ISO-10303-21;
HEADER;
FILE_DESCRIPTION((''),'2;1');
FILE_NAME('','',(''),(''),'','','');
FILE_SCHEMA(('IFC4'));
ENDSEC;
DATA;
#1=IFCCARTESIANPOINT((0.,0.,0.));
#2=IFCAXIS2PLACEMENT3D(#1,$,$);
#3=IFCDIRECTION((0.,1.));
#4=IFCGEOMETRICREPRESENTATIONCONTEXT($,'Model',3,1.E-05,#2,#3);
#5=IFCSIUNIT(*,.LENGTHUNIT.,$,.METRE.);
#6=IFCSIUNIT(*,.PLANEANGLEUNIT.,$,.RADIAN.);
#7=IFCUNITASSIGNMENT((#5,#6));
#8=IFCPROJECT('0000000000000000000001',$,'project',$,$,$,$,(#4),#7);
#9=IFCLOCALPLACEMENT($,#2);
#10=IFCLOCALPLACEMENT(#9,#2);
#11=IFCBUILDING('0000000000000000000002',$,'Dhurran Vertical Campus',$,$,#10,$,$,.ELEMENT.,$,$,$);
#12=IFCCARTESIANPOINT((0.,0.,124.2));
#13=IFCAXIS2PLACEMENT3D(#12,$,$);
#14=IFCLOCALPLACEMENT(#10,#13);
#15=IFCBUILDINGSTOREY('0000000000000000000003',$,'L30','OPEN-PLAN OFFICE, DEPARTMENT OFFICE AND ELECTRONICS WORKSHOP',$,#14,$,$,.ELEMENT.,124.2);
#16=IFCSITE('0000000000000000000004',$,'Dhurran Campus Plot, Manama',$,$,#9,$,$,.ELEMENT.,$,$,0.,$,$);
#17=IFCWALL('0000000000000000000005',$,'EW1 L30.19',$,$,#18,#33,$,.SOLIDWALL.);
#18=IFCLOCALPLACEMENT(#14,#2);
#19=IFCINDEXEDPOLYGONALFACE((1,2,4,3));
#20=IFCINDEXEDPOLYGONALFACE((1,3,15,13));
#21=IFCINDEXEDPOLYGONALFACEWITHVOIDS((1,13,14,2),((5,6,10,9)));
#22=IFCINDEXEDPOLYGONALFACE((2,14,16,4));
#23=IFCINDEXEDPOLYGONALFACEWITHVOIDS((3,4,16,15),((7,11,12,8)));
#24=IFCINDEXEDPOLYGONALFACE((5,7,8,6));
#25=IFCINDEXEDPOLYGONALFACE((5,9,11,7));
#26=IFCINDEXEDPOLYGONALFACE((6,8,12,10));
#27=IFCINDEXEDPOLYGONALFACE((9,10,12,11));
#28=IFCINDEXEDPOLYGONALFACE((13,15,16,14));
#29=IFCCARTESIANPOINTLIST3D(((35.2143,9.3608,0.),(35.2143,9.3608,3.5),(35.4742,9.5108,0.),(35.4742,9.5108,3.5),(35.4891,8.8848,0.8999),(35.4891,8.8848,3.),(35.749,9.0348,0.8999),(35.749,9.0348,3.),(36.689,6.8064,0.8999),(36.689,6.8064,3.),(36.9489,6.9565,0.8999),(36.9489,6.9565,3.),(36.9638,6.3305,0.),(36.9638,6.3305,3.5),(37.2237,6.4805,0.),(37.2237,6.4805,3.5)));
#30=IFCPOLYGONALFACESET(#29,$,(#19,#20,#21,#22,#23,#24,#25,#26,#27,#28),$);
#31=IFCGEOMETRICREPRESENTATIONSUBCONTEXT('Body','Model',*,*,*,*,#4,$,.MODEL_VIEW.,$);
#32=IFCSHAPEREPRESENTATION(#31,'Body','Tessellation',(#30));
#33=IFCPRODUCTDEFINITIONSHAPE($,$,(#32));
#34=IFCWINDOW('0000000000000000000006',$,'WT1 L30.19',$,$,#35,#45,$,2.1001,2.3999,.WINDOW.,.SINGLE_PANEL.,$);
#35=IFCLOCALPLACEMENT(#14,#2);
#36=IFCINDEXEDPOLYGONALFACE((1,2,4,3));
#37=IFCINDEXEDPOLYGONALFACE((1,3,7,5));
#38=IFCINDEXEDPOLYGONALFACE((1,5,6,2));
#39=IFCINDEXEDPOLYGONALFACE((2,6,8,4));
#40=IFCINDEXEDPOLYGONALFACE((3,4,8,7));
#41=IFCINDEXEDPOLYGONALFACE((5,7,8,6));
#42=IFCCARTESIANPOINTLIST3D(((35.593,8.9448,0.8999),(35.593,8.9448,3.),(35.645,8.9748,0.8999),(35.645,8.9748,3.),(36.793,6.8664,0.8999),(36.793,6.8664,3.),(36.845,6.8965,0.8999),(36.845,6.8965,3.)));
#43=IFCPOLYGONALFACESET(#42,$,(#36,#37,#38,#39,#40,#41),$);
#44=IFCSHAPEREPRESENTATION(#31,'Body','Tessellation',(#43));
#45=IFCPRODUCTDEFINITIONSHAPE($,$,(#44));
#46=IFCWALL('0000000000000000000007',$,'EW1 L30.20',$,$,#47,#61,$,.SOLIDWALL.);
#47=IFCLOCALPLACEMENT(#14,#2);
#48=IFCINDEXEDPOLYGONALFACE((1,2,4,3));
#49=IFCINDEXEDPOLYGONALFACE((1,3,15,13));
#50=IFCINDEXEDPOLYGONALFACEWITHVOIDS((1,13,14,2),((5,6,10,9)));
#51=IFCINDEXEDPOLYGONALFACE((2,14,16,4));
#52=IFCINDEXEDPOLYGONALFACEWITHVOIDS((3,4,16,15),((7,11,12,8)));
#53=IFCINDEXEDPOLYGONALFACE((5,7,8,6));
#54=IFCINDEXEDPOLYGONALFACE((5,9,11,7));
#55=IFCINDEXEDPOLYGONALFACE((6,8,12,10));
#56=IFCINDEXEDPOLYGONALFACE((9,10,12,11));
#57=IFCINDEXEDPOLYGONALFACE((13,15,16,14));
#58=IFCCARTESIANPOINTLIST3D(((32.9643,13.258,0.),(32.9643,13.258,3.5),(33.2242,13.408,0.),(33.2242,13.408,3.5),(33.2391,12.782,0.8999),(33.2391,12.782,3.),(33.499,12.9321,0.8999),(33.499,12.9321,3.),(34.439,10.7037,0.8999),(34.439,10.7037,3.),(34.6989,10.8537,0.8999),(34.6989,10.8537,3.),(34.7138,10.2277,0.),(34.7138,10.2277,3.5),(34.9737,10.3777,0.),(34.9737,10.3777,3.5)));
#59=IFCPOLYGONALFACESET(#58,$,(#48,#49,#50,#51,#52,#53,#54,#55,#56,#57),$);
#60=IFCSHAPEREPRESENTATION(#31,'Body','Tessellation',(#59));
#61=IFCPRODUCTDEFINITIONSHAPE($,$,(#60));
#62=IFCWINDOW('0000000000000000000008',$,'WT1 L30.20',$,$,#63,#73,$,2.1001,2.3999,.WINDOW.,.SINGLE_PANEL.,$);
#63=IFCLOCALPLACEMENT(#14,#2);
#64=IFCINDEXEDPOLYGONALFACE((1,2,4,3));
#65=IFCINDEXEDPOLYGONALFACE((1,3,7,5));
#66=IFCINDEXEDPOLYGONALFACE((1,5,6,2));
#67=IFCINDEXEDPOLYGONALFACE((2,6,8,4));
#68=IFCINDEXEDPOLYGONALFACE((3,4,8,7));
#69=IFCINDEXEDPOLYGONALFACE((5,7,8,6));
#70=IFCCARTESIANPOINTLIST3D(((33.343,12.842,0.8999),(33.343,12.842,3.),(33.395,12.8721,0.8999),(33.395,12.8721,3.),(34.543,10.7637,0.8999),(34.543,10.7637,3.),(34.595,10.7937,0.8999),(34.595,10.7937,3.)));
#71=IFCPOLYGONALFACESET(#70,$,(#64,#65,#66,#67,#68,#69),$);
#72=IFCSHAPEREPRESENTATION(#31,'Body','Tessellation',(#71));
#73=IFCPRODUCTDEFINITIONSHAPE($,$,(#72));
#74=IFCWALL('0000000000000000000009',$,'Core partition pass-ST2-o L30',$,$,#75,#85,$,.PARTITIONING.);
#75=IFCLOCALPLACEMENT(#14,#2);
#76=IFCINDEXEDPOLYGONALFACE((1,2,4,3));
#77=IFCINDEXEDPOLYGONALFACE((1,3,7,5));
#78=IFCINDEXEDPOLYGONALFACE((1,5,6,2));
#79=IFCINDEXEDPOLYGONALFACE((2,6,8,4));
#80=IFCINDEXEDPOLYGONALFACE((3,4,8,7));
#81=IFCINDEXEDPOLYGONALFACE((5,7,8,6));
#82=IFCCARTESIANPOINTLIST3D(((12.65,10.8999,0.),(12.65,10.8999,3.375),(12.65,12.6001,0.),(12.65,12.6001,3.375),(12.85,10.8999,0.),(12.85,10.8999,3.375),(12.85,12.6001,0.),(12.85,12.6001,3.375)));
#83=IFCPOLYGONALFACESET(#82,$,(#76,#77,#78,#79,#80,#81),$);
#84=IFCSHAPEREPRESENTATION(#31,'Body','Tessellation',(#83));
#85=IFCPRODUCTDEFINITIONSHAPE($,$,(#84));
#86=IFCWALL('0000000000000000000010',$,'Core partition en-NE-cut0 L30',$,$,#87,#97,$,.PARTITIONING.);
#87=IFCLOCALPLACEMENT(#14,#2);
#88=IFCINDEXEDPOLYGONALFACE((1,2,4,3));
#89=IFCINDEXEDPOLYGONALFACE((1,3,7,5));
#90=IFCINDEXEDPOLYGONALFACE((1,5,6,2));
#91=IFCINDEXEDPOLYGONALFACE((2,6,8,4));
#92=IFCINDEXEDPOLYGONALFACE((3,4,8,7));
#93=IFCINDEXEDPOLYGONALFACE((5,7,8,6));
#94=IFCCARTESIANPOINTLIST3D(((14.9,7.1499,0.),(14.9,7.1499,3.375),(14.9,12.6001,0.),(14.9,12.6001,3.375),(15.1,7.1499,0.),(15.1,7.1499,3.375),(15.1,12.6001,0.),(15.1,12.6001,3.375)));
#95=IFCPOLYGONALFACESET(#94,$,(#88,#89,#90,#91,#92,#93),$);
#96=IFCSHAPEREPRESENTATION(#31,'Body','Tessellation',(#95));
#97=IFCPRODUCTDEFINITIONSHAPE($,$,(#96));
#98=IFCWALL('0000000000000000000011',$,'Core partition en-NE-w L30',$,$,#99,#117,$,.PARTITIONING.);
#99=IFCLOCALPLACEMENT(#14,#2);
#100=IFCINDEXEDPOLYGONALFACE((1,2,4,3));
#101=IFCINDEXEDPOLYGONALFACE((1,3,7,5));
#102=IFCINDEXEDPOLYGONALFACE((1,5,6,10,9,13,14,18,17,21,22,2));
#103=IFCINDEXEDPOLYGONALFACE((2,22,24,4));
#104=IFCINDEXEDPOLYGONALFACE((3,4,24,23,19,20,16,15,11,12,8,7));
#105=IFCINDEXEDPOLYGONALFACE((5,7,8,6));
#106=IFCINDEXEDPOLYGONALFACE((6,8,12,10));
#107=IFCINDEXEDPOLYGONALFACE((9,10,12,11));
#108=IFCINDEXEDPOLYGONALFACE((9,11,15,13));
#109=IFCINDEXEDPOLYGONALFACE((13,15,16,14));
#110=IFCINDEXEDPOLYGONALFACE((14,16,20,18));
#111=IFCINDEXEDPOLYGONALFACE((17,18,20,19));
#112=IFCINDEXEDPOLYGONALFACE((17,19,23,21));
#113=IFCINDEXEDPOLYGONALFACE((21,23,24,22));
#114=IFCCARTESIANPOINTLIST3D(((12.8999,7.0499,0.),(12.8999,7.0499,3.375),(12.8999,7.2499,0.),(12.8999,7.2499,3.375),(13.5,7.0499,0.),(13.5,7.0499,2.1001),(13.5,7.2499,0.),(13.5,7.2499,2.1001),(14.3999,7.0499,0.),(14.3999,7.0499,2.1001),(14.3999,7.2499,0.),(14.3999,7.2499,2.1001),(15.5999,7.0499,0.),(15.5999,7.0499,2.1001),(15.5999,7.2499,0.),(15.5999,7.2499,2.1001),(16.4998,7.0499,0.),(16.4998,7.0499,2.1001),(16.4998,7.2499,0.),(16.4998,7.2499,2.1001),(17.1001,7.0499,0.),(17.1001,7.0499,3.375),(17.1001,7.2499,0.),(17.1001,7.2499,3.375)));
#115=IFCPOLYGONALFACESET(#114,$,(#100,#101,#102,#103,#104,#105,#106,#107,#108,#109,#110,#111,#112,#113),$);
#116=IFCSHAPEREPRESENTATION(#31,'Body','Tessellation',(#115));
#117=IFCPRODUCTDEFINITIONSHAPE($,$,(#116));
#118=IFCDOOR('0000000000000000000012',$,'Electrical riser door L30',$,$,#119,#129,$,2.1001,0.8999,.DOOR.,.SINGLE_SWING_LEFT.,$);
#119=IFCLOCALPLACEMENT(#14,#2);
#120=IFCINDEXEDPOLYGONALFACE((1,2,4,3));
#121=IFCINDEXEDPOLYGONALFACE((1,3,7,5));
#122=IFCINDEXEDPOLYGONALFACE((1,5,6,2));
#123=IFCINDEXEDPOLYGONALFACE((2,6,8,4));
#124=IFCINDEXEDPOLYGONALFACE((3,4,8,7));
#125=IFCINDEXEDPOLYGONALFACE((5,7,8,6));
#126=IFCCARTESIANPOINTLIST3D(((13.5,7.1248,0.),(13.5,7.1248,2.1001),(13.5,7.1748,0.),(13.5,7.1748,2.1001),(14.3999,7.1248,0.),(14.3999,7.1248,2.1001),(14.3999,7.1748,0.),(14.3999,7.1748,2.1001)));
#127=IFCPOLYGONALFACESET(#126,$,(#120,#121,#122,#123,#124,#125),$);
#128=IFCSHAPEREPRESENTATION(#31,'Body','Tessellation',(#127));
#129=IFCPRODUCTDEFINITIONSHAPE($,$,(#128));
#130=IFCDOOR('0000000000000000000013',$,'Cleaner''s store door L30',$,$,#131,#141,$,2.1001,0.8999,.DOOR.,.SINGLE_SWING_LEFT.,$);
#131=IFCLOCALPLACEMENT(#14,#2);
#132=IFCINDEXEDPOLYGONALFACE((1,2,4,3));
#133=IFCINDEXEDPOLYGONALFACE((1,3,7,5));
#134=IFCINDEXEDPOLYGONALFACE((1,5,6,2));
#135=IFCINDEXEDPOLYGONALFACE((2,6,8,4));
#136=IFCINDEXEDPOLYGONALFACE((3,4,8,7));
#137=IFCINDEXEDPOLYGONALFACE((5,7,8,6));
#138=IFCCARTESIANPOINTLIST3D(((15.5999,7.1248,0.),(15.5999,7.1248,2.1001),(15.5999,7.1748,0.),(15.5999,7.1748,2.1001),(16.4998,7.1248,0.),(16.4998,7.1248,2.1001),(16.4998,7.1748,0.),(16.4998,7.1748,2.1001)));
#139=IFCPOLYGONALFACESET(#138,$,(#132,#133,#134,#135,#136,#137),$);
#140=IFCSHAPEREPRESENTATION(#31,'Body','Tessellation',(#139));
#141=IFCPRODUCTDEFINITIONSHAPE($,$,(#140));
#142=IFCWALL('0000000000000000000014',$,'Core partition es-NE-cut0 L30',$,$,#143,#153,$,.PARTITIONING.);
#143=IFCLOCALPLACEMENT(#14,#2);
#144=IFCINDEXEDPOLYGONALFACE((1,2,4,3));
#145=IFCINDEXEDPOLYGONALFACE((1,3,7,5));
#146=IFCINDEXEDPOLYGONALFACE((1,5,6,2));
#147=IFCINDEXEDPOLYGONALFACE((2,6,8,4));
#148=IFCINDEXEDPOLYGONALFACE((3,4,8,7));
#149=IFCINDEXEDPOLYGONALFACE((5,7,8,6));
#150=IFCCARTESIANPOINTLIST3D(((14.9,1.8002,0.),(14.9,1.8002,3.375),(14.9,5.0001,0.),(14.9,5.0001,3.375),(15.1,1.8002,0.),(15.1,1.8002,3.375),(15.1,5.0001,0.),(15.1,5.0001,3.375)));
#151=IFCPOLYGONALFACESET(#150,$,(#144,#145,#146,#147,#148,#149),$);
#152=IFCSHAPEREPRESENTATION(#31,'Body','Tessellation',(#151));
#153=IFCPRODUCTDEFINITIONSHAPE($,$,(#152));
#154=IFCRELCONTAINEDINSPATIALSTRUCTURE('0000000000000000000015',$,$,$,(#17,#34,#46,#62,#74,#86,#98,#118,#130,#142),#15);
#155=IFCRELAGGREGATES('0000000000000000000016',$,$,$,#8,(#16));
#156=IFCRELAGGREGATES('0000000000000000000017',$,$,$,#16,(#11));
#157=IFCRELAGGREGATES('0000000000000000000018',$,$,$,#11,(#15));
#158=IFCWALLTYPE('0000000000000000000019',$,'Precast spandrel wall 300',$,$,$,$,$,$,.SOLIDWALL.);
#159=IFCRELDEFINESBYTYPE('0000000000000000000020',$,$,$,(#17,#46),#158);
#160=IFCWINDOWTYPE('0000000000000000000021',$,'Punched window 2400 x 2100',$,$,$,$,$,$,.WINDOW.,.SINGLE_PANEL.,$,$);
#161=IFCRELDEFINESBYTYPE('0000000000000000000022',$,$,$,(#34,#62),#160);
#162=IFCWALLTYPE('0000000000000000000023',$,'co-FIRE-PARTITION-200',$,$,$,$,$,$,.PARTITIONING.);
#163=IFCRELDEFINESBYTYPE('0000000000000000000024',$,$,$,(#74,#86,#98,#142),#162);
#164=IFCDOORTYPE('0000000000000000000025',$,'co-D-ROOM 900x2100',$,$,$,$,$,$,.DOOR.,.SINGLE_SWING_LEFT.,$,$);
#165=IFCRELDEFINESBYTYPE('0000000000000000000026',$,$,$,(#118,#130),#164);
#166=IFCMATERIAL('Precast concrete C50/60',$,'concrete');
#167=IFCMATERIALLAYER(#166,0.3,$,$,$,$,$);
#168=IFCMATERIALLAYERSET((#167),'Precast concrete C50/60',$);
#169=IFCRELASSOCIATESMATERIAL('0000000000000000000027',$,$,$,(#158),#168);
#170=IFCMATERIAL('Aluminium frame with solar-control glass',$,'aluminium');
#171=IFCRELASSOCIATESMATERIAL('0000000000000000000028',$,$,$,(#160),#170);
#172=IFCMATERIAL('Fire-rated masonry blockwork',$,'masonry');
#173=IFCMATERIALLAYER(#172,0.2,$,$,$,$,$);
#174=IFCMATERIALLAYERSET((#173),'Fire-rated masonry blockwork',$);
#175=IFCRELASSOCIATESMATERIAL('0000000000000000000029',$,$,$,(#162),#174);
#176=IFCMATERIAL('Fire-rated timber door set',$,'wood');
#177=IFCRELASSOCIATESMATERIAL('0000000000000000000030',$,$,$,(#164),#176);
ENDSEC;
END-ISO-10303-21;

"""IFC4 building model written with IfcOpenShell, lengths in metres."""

from ifc_helpers import new_model, si_unit, direction, frame, frame_2d, origin, place, context, subcontext, project, spatial, rectangle, extrude, material, layer, layer_set, type_object, element, fill, save


model = new_model("IFC4")

# Units and contexts
model_context = context("Model", 3, precision=1e-05, world=origin(), true_north=direction((0.0, 1.0)))
body_context = subcontext(model_context, "Body", "Model", "MODEL_VIEW")
ifc_project = project(units=[si_unit("LENGTHUNIT", "METRE"), si_unit("PLANEANGLEUNIT", "RADIAN")], contexts=[model_context])

# Site, building, storey
site_placement = place(None, origin())
site = spatial("IfcSite", under=ifc_project, at=site_placement, Name="Dhurran Campus Plot, Manama", CompositionType="ELEMENT", RefElevation=0.0)
building_placement = place(site_placement, origin())
building = spatial("IfcBuilding", under=site, at=building_placement, Name="Dhurran Vertical Campus", CompositionType="ELEMENT")
storey_placement = place(building_placement, frame((0.0, 0.0, 124.2)))
storey = spatial("IfcBuildingStorey", under=building, at=storey_placement, Name="L30", Description="OPEN-PLAN OFFICE, DEPARTMENT OFFICE AND ELECTRONICS WORKSHOP", CompositionType="ELEMENT", Elevation=124.2)

# Walls, openings, windows
ifc_material_1 = material(Name="Precast concrete C50/60", Category="concrete")
ifc_layer_1 = layer(ifc_material_1, 0.3)
ifc_layer_set_1 = layer_set([ifc_layer_1], Name="Precast concrete C50/60")
wall_type_1 = type_object("IfcWallType", Name="Precast spandrel wall 300", PredefinedType="SOLIDWALL", material=ifc_layer_set_1)
ifc_material_2 = material(Name="Aluminium frame with solar-control glass", Category="aluminium")
window_type = type_object("IfcWindowType", Name="Punched window 2400 x 2100", PartitioningType="SINGLE_PANEL", PredefinedType="WINDOW", material=ifc_material_2)
wall_1_placement = place(storey_placement, frame((37.0938, 6.4055, 0.0), z_axis=(0.0, 0.0, 1.0), x_axis=(-0.499996, 0.866028, 0.0)))
wall_1 = element("IfcWall", 1, at=wall_1_placement, inside=storey, type_object=wall_type_1, Name="EW1 L30.19", PredefinedType="SOLIDWALL", context=body_context, shape_type="SweptSolid", body=[
    extrude(rectangle(XDim=3.499, YDim=0.3, at=frame_2d((1.7495, 0.0))), origin(), (0.0, 0.0, 1.0), 3.5),
])
opening_1_placement = place(wall_1_placement, frame((0.5496, 0.0, 0.8999)))
opening_1 = element("IfcOpeningElement", 2, at=opening_1_placement, cuts=wall_1, PredefinedType="OPENING", context=body_context, shape_type="SweptSolid", body=[
    extrude(rectangle(XDim=2.3999, YDim=2.1001, at=frame_2d((1.2, 1.05))), frame((0.0, 0.1599, 0.0), z_axis=(0.0, -1.0, 0.0), x_axis=(1.0, 0.0, 0.0)), (0.0, 0.0, 1.0), 0.3201),
])
window_1_placement = place(opening_1_placement, origin())
window_1 = element("IfcWindow", 3, at=window_1_placement, inside=storey, type_object=window_type, Name="WT1 L30.19", OverallHeight=2.1001, OverallWidth=2.3999, PartitioningType="SINGLE_PANEL", PredefinedType="WINDOW", context=body_context, shape_type="SweptSolid", body=[
    extrude(rectangle(XDim=2.3999, YDim=2.1001, at=frame_2d((1.2, 1.05))), frame((0.0, 0.03, 0.0), z_axis=(0.0, -1.0, 0.0), x_axis=(1.0, 0.0, 0.0)), (0.0, 0.0, 1.0), 0.0601),
])
fill(opening_1, window_1)
wall_2_placement = place(storey_placement, frame((34.8438, 10.3027, 0.0), z_axis=(0.0, 0.0, 1.0), x_axis=(-0.499996, 0.866028, 0.0)))
wall_2 = element("IfcWall", 4, at=wall_2_placement, inside=storey, type_object=wall_type_1, Name="EW1 L30.20", PredefinedType="SOLIDWALL", context=body_context, shape_type="SweptSolid", body=[
    extrude(rectangle(XDim=3.499, YDim=0.3, at=frame_2d((1.7495, 0.0))), origin(), (0.0, 0.0, 1.0), 3.5),
])
opening_2_placement = place(wall_2_placement, frame((0.5496, 0.0, 0.8999)))
opening_2 = element("IfcOpeningElement", 5, at=opening_2_placement, cuts=wall_2, PredefinedType="OPENING", context=body_context, shape_type="SweptSolid", body=[
    extrude(rectangle(XDim=2.3999, YDim=2.1001, at=frame_2d((1.2, 1.05))), frame((0.0, 0.1599, 0.0), z_axis=(0.0, -1.0, 0.0), x_axis=(1.0, 0.0, 0.0)), (0.0, 0.0, 1.0), 0.3201),
])
window_2_placement = place(opening_2_placement, origin())
window_2 = element("IfcWindow", 6, at=window_2_placement, inside=storey, type_object=window_type, Name="WT1 L30.20", OverallHeight=2.1001, OverallWidth=2.3999, PartitioningType="SINGLE_PANEL", PredefinedType="WINDOW", context=body_context, shape_type="SweptSolid", body=[
    extrude(rectangle(XDim=2.3999, YDim=2.1001, at=frame_2d((1.2, 1.05))), frame((0.0, 0.03, 0.0), z_axis=(0.0, -1.0, 0.0), x_axis=(1.0, 0.0, 0.0)), (0.0, 0.0, 1.0), 0.0601),
])
fill(opening_2, window_2)

# Walls
ifc_material_3 = material(Name="Fire-rated masonry blockwork", Category="masonry")
ifc_layer_2 = layer(ifc_material_3, 0.2)
ifc_layer_set_2 = layer_set([ifc_layer_2], Name="Fire-rated masonry blockwork")
wall_type_2 = type_object("IfcWallType", Name="co-FIRE-PARTITION-200", PredefinedType="PARTITIONING", material=ifc_layer_set_2)
wall_3_placement = place(storey_placement, frame((12.75, 10.8999, 0.0), z_axis=(0.0, 0.0, 1.0), x_axis=(0.0, 1.0, 0.0)))
element("IfcWall", 7, at=wall_3_placement, inside=storey, type_object=wall_type_2, Name="Core partition pass-ST2-o L30", PredefinedType="PARTITIONING", context=body_context, shape_type="SweptSolid", body=[
    extrude(rectangle(XDim=1.7002, YDim=0.2, at=frame_2d((0.8501, 0.0))), origin(), (0.0, 0.0, 1.0), 3.375),
])
wall_4_placement = place(storey_placement, frame((15.0, 7.1499, 0.0), z_axis=(0.0, 0.0, 1.0), x_axis=(0.0, 1.0, 0.0)))
element("IfcWall", 8, at=wall_4_placement, inside=storey, type_object=wall_type_2, Name="Core partition en-NE-cut0 L30", PredefinedType="PARTITIONING", context=body_context, shape_type="SweptSolid", body=[
    extrude(rectangle(XDim=5.4502, YDim=0.2, at=frame_2d((2.7251, 0.0))), origin(), (0.0, 0.0, 1.0), 3.375),
])

# Wall, openings, doors
wall_5_placement = place(storey_placement, frame((12.8999, 7.1499, 0.0), z_axis=(0.0, 0.0, 1.0), x_axis=(1.0, 0.0, 0.0)))
wall_5 = element("IfcWall", 9, at=wall_5_placement, inside=storey, type_object=wall_type_2, Name="Core partition en-NE-w L30", PredefinedType="PARTITIONING", context=body_context, shape_type="SweptSolid", body=[
    extrude(rectangle(XDim=4.2002, YDim=0.2, at=frame_2d((2.1001, 0.0))), origin(), (0.0, 0.0, 1.0), 3.375),
])
opening_3_placement = place(wall_5_placement, frame((0.6001, 0.0, 0.0)))
opening_3 = element("IfcOpeningElement", 10, at=opening_3_placement, cuts=wall_5, PredefinedType="OPENING", context=body_context, shape_type="SweptSolid", body=[
    extrude(rectangle(XDim=0.8999, YDim=2.1001, at=frame_2d((0.45, 1.05))), frame((0.0, 0.1099, 0.0), z_axis=(0.0, -1.0, 0.0), x_axis=(1.0, 0.0, 0.0)), (0.0, 0.0, 1.0), 0.22),
])
opening_4_placement = place(wall_5_placement, frame((2.7, 0.0, 0.0)))
opening_4 = element("IfcOpeningElement", 11, at=opening_4_placement, cuts=wall_5, PredefinedType="OPENING", context=body_context, shape_type="SweptSolid", body=[
    extrude(rectangle(XDim=0.8999, YDim=2.1001, at=frame_2d((0.45, 1.05))), frame((0.0, 0.1099, 0.0), z_axis=(0.0, -1.0, 0.0), x_axis=(1.0, 0.0, 0.0)), (0.0, 0.0, 1.0), 0.22),
])
ifc_material_4 = material(Name="Fire-rated timber door set", Category="wood")
door_type_1 = type_object("IfcDoorType", Name="co-D-ROOM 900x2100", OperationType="SINGLE_SWING_LEFT", PredefinedType="DOOR", material=ifc_material_4)
door_1_placement = place(opening_3_placement, origin())
door_1 = element("IfcDoor", 12, at=door_1_placement, inside=storey, type_object=door_type_1, Name="Electrical riser door L30", OperationType="SINGLE_SWING_LEFT", OverallHeight=2.1001, OverallWidth=0.8999, PredefinedType="DOOR", context=body_context, shape_type="SweptSolid", body=[
    extrude(rectangle(XDim=0.8999, YDim=2.1001, at=frame_2d((0.45, 1.05))), frame((0.0, 0.0249, 0.0), z_axis=(0.0, -1.0, 0.0), x_axis=(1.0, 0.0, 0.0)), (0.0, 0.0, 1.0), 0.05),
])
fill(opening_3, door_1)
door_2_placement = place(opening_4_placement, origin())
door_2 = element("IfcDoor", 13, at=door_2_placement, inside=storey, type_object=door_type_1, Name="Cleaner's store door L30", OperationType="SINGLE_SWING_LEFT", OverallHeight=2.1001, OverallWidth=0.8999, PredefinedType="DOOR", context=body_context, shape_type="SweptSolid", body=[
    extrude(rectangle(XDim=0.8999, YDim=2.1001, at=frame_2d((0.45, 1.05))), frame((0.0, 0.0249, 0.0), z_axis=(0.0, -1.0, 0.0), x_axis=(1.0, 0.0, 0.0)), (0.0, 0.0, 1.0), 0.05),
])
fill(opening_4, door_2)

# Wall
wall_6_placement = place(storey_placement, frame((15.0, 1.8, 0.0), z_axis=(0.0, 0.0, 1.0), x_axis=(0.0, 1.0, 0.0)))
element("IfcWall", 14, at=wall_6_placement, inside=storey, type_object=wall_type_2, Name="Core partition es-NE-cut0 L30", PredefinedType="PARTITIONING", context=body_context, shape_type="SweptSolid", body=[
    extrude(rectangle(XDim=3.2, YDim=0.2, at=frame_2d((1.6001, 0.0))), origin(), (0.0, 0.0, 1.0), 3.375),
])

save(model, "model.ifc")
